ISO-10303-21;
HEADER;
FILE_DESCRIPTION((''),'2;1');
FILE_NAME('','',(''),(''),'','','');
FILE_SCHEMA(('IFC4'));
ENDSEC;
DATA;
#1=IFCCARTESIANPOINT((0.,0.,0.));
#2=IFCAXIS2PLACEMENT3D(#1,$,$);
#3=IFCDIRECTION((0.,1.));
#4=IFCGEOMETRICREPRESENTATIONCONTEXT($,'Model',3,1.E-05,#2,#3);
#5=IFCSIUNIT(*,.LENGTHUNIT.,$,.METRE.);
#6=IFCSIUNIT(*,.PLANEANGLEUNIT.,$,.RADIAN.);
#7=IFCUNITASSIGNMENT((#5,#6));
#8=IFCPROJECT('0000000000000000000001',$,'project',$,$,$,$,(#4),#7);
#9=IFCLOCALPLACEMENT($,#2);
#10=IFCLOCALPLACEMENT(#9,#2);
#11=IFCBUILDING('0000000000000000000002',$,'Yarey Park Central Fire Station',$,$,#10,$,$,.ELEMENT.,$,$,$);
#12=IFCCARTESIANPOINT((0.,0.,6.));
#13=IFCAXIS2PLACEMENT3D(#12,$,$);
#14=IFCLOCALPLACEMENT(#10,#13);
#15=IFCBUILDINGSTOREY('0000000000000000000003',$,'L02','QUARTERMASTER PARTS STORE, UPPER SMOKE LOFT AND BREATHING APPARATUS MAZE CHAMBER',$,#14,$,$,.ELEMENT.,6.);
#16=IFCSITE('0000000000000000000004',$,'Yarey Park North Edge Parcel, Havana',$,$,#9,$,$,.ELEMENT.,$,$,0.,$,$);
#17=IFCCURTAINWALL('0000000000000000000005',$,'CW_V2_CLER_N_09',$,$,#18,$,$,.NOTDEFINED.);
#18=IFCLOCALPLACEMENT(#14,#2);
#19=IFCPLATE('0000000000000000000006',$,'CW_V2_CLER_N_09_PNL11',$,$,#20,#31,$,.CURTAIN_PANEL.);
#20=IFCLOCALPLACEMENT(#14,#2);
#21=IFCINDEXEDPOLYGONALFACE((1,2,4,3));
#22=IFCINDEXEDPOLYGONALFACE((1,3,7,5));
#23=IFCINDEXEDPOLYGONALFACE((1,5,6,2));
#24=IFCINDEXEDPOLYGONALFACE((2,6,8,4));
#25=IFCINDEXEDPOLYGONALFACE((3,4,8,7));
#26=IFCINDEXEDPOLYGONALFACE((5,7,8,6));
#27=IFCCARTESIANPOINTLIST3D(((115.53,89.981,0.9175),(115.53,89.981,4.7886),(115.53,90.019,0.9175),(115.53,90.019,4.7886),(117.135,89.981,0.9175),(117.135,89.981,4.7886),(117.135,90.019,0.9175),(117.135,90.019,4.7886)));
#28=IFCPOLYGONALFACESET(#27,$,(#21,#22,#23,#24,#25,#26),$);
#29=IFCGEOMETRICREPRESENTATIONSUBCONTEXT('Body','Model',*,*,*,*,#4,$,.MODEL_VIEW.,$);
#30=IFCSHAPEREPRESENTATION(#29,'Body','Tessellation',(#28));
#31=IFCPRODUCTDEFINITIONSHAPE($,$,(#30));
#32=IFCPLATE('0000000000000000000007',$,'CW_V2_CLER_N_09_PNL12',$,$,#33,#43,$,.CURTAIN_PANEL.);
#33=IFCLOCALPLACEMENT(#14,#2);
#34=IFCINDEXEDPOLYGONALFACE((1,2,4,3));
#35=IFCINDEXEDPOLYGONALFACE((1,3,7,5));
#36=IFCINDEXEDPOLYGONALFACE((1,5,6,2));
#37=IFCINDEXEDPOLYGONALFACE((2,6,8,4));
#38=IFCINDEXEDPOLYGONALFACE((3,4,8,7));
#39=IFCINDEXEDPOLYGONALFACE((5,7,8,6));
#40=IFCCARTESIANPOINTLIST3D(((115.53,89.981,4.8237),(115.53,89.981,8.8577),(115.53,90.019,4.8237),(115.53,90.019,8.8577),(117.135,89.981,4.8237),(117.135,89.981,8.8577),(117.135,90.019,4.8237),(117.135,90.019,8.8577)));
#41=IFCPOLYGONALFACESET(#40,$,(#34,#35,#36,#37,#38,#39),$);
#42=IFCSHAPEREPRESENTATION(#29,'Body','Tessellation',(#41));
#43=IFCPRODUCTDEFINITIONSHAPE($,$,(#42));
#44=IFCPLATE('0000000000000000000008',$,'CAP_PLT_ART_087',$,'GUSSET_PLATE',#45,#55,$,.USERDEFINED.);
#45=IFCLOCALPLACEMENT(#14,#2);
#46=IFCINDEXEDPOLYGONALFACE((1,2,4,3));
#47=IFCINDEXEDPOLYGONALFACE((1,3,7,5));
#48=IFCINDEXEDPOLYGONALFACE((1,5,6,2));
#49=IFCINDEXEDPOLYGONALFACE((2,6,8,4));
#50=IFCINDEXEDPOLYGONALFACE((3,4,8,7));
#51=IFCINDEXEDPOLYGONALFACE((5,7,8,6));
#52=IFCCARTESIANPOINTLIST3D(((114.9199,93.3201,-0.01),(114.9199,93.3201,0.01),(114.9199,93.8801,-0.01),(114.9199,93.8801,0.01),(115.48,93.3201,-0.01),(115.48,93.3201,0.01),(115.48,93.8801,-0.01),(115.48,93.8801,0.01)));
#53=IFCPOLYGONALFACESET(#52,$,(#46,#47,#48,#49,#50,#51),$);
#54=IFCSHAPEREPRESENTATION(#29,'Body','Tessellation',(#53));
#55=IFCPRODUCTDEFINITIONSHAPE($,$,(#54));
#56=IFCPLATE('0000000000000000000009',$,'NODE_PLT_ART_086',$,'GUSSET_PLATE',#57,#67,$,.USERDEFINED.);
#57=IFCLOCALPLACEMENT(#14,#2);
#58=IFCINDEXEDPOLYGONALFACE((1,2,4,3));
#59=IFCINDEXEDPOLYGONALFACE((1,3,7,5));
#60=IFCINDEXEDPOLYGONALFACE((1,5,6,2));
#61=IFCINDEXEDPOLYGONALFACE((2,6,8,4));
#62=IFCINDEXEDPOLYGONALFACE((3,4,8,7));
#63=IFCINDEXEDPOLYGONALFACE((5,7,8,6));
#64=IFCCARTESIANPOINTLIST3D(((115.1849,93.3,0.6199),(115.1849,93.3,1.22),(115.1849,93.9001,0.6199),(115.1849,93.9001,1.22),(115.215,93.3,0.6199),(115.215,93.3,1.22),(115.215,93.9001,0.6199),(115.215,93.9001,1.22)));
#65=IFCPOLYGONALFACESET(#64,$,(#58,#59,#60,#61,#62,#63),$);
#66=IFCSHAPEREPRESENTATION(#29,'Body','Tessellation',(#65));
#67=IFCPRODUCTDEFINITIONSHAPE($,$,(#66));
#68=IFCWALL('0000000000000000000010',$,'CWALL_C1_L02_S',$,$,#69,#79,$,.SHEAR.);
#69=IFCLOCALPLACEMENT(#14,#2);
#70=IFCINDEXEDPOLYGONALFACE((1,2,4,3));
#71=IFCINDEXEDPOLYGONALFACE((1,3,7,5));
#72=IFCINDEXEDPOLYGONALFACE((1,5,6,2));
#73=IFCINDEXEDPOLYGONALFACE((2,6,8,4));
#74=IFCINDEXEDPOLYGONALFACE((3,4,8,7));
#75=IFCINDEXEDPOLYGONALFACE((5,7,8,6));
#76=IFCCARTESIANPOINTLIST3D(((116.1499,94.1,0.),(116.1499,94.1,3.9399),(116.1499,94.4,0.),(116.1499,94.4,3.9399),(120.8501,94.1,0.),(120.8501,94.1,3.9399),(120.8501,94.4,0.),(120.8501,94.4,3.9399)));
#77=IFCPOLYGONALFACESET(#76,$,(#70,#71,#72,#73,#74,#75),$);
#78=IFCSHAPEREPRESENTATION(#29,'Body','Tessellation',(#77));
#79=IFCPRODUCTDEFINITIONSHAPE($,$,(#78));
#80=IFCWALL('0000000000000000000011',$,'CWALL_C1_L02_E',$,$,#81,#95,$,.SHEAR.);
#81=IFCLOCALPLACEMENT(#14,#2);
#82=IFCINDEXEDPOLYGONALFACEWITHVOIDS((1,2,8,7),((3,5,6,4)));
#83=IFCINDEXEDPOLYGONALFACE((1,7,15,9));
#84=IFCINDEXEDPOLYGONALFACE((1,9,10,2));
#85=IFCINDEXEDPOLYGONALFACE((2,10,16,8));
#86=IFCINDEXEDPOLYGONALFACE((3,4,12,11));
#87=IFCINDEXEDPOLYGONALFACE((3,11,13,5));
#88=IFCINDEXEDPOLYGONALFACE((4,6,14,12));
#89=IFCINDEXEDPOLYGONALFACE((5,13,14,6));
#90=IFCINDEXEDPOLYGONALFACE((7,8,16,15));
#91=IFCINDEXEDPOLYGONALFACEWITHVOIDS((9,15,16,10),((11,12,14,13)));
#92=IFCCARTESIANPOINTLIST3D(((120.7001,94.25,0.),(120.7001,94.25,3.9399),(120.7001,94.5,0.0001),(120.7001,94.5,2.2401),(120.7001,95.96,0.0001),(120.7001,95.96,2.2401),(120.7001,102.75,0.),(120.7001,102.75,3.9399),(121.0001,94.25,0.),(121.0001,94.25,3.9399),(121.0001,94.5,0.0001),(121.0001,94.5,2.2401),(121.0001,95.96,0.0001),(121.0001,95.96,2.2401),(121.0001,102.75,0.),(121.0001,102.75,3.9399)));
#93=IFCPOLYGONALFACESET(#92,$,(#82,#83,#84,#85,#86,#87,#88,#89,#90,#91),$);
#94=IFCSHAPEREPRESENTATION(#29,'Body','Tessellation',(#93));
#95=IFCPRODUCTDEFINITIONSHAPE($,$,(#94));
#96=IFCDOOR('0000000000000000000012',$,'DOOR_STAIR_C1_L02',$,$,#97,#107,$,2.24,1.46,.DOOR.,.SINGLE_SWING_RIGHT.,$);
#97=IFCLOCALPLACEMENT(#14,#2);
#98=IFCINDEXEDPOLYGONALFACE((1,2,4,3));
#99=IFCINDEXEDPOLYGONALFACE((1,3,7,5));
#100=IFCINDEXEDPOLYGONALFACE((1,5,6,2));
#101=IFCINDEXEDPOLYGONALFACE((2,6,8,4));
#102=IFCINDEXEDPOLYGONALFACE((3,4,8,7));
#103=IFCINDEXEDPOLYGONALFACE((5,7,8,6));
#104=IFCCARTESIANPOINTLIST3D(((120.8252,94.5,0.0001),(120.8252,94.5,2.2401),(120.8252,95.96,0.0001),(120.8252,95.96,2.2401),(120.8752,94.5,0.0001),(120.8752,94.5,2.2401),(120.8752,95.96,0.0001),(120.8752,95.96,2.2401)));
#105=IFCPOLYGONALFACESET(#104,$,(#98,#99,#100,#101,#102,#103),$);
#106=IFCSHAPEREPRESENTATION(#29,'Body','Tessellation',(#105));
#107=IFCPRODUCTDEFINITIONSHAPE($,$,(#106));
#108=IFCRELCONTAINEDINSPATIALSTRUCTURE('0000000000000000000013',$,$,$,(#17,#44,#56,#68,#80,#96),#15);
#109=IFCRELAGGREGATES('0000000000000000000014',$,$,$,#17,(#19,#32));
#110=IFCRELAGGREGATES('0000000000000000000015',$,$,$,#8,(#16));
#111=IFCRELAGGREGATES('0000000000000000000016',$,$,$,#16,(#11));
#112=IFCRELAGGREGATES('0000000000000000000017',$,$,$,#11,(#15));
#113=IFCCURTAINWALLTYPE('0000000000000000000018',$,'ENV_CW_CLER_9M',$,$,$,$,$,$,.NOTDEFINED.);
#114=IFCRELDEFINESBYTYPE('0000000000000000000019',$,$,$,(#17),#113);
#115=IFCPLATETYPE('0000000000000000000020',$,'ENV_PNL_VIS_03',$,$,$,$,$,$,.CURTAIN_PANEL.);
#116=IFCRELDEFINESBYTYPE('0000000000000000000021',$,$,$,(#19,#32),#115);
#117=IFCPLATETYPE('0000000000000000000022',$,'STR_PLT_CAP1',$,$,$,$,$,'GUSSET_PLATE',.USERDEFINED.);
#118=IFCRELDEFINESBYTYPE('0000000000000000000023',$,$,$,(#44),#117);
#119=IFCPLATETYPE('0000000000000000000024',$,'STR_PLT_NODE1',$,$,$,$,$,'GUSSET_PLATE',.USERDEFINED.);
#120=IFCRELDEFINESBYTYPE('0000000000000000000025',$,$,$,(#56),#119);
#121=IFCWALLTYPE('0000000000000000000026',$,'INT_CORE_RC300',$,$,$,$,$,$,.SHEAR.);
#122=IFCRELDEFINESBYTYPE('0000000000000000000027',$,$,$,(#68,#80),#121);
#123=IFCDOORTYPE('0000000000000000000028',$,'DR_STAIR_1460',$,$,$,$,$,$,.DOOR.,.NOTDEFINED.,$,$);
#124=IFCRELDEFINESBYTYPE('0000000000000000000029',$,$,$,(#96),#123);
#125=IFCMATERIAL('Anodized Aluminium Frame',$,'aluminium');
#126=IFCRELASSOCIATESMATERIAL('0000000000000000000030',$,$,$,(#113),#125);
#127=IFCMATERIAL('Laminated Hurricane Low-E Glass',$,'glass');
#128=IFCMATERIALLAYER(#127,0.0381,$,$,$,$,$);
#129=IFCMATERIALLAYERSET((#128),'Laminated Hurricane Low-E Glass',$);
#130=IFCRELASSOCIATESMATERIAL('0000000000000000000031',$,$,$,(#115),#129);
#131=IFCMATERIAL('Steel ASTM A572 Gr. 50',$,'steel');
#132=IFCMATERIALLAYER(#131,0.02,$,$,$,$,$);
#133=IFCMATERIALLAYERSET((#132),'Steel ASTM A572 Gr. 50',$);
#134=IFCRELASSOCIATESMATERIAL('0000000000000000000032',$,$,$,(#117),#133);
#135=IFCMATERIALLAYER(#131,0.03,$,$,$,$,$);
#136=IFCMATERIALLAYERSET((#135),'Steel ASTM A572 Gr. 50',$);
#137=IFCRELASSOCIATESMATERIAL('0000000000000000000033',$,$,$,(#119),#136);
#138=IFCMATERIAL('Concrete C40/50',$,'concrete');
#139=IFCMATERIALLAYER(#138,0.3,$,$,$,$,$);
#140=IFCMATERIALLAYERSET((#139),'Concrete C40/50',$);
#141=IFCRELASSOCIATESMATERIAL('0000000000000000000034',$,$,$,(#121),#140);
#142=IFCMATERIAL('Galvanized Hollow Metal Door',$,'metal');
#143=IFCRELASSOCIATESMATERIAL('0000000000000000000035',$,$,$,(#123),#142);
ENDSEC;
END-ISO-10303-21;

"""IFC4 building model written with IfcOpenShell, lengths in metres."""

from ifc_helpers import new_model, si_unit, direction, frame, frame_2d, origin, origin_2d, place, context, subcontext, project, spatial, rectangle, extrude, material, layer, layer_set, type_object, element, fill, aggregate, save


model = new_model("IFC4")

# Units and contexts
model_context = context("Model", 3, precision=1e-05, world=origin(), true_north=direction((0.0, 1.0)))
body_context = subcontext(model_context, "Body", "Model", "MODEL_VIEW")
ifc_project = project(units=[si_unit("LENGTHUNIT", "METRE"), si_unit("PLANEANGLEUNIT", "RADIAN")], contexts=[model_context])

# Site, building, storey
site_placement = place(None, origin())
site = spatial("IfcSite", under=ifc_project, at=site_placement, Name="Yarey Park North Edge Parcel, Havana", CompositionType="ELEMENT", RefElevation=0.0)
building_placement = place(site_placement, origin())
building = spatial("IfcBuilding", under=site, at=building_placement, Name="Yarey Park Central Fire Station", CompositionType="ELEMENT")
storey_placement = place(building_placement, frame((0.0, 0.0, 6.0)))
storey = spatial("IfcBuildingStorey", under=building, at=storey_placement, Name="L02", Description="QUARTERMASTER PARTS STORE, UPPER SMOKE LOFT AND BREATHING APPARATUS MAZE CHAMBER", CompositionType="ELEMENT", Elevation=6.0)

# Curtain wall
ifc_material_1 = material(Name="Anodized Aluminium Frame", Category="aluminium")
curtain_wall_type_1 = type_object("IfcCurtainWallType", Name="ENV_CW_CLER_9M", PredefinedType="NOTDEFINED", material=ifc_material_1)
curtain_wall_1_placement = place(storey_placement, origin())
curtain_wall_1 = element("IfcCurtainWall", 1, at=curtain_wall_1_placement, inside=storey, type_object=curtain_wall_type_1, Name="CW_V2_CLER_N_09", PredefinedType="NOTDEFINED")

# Plates
ifc_material_2 = material(Name="Laminated Hurricane Low-E Glass", Category="glass")
ifc_layer_1 = layer(ifc_material_2, 0.0381)
ifc_layer_set_1 = layer_set([ifc_layer_1], Name="Laminated Hurricane Low-E Glass")
plate_type_1 = type_object("IfcPlateType", Name="ENV_PNL_VIS_03", PredefinedType="CURTAIN_PANEL", material=ifc_layer_set_1)
plate_1_placement = place(storey_placement, frame((116.3325, 90.0, 0.9175), z_axis=(0.0, 0.0, 1.0), x_axis=(-1.0, 0.0, 0.0)))
plate_1 = element("IfcPlate", 2, at=plate_1_placement, type_object=plate_type_1, Name="CW_V2_CLER_N_09_PNL11", PredefinedType="CURTAIN_PANEL", context=body_context, shape_type="SweptSolid", body=[
    extrude(rectangle(XDim=1.605, YDim=0.0381, at=origin_2d()), origin(), (0.0, 0.0, 1.0), 3.8711),
])
plate_2_placement = place(storey_placement, frame((116.3325, 90.0, 4.8237), z_axis=(0.0, 0.0, 1.0), x_axis=(-1.0, 0.0, 0.0)))
plate_2 = element("IfcPlate", 3, at=plate_2_placement, type_object=plate_type_1, Name="CW_V2_CLER_N_09_PNL12", PredefinedType="CURTAIN_PANEL", context=body_context, shape_type="SweptSolid", body=[
    extrude(rectangle(XDim=1.605, YDim=0.0381, at=origin_2d()), origin(), (0.0, 0.0, 1.0), 4.0339),
])
aggregate(curtain_wall_1, [plate_1, plate_2])

# Plates
ifc_material_3 = material(Name="Steel ASTM A572 Gr. 50", Category="steel")
ifc_layer_2 = layer(ifc_material_3, 0.02)
ifc_layer_set_2 = layer_set([ifc_layer_2], Name="Steel ASTM A572 Gr. 50")
plate_type_2 = type_object("IfcPlateType", Name="STR_PLT_CAP1", ElementType="GUSSET_PLATE", PredefinedType="USERDEFINED", material=ifc_layer_set_2)
plate_3_placement = place(storey_placement, frame((115.2, 93.6001, -0.01), z_axis=(0.0, 0.0, 1.0), x_axis=(1.0, 0.0, 0.0)))
element("IfcPlate", 4, at=plate_3_placement, inside=storey, type_object=plate_type_2, Name="CAP_PLT_ART_087", ObjectType="GUSSET_PLATE", PredefinedType="USERDEFINED", context=body_context, shape_type="SweptSolid", body=[
    extrude(rectangle(XDim=0.5601, YDim=0.5601, at=origin_2d()), origin(), (0.0, 0.0, 1.0), 0.02),
])
ifc_layer_3 = layer(ifc_material_3, 0.03)
ifc_layer_set_3 = layer_set([ifc_layer_3], Name="Steel ASTM A572 Gr. 50")
plate_type_3 = type_object("IfcPlateType", Name="STR_PLT_NODE1", ElementType="GUSSET_PLATE", PredefinedType="USERDEFINED", material=ifc_layer_set_3)
plate_4_placement = place(storey_placement, frame((115.2, 93.6001, 0.6199), z_axis=(0.0, 0.0, 1.0), x_axis=(1.0, 0.0, 0.0)))
element("IfcPlate", 5, at=plate_4_placement, inside=storey, type_object=plate_type_3, Name="NODE_PLT_ART_086", ObjectType="GUSSET_PLATE", PredefinedType="USERDEFINED", context=body_context, shape_type="SweptSolid", body=[
    extrude(rectangle(XDim=0.03, YDim=0.6001, at=origin_2d()), origin(), (0.0, 0.0, 1.0), 0.6001),
])

# Wall
ifc_material_4 = material(Name="Concrete C40/50", Category="concrete")
ifc_layer_4 = layer(ifc_material_4, 0.3)
ifc_layer_set_4 = layer_set([ifc_layer_4], Name="Concrete C40/50")
wall_type = type_object("IfcWallType", Name="INT_CORE_RC300", PredefinedType="SHEAR", material=ifc_layer_set_4)
wall_1_placement = place(storey_placement, frame((116.1499, 94.25, 0.0), z_axis=(0.0, 0.0, 1.0), x_axis=(1.0, 0.0, 0.0)))
element("IfcWall", 6, at=wall_1_placement, inside=storey, type_object=wall_type, Name="CWALL_C1_L02_S", PredefinedType="SHEAR", context=body_context, shape_type="SweptSolid", body=[
    extrude(rectangle(XDim=4.7002, YDim=0.3, at=frame_2d((2.3501, 0.0))), origin(), (0.0, 0.0, 1.0), 3.9399),
])

# Wall, opening, door
wall_2_placement = place(storey_placement, frame((120.8501, 94.25, 0.0), z_axis=(0.0, 0.0, 1.0), x_axis=(0.0, 1.0, 0.0)))
wall_2 = element("IfcWall", 7, at=wall_2_placement, inside=storey, type_object=wall_type, Name="CWALL_C1_L02_E", PredefinedType="SHEAR", context=body_context, shape_type="SweptSolid", body=[
    extrude(rectangle(XDim=8.5, YDim=0.3, at=frame_2d((4.25, 0.0))), origin(), (0.0, 0.0, 1.0), 3.9399),
])
opening_placement = place(wall_2_placement, frame((0.25, 0.0, 0.0)))
opening = element("IfcOpeningElement", 8, at=opening_placement, cuts=wall_2, PredefinedType="OPENING", context=body_context, shape_type="SweptSolid", body=[
    extrude(rectangle(XDim=1.46, YDim=2.24, at=frame_2d((0.73, 1.1201))), frame((0.0, 0.1599, 0.0), z_axis=(0.0, -1.0, 0.0), x_axis=(1.0, 0.0, 0.0)), (0.0, 0.0, 1.0), 0.3201),
])
ifc_material_5 = material(Name="Galvanized Hollow Metal Door", Category="metal")
door_type = type_object("IfcDoorType", Name="DR_STAIR_1460", OperationType="NOTDEFINED", PredefinedType="DOOR", material=ifc_material_5)
door_placement = place(opening_placement, origin())
door = element("IfcDoor", 9, at=door_placement, inside=storey, type_object=door_type, Name="DOOR_STAIR_C1_L02", OperationType="SINGLE_SWING_RIGHT", OverallHeight=2.24, OverallWidth=1.46, PredefinedType="DOOR", context=body_context, shape_type="SweptSolid", body=[
    extrude(rectangle(XDim=1.46, YDim=2.24, at=frame_2d((0.73, 1.1201))), frame((0.0, 0.0249, 0.0), z_axis=(0.0, -1.0, 0.0), x_axis=(1.0, 0.0, 0.0)), (0.0, 0.0, 1.0), 0.05),
])
fill(opening, door)

save(model, "model.ifc")
